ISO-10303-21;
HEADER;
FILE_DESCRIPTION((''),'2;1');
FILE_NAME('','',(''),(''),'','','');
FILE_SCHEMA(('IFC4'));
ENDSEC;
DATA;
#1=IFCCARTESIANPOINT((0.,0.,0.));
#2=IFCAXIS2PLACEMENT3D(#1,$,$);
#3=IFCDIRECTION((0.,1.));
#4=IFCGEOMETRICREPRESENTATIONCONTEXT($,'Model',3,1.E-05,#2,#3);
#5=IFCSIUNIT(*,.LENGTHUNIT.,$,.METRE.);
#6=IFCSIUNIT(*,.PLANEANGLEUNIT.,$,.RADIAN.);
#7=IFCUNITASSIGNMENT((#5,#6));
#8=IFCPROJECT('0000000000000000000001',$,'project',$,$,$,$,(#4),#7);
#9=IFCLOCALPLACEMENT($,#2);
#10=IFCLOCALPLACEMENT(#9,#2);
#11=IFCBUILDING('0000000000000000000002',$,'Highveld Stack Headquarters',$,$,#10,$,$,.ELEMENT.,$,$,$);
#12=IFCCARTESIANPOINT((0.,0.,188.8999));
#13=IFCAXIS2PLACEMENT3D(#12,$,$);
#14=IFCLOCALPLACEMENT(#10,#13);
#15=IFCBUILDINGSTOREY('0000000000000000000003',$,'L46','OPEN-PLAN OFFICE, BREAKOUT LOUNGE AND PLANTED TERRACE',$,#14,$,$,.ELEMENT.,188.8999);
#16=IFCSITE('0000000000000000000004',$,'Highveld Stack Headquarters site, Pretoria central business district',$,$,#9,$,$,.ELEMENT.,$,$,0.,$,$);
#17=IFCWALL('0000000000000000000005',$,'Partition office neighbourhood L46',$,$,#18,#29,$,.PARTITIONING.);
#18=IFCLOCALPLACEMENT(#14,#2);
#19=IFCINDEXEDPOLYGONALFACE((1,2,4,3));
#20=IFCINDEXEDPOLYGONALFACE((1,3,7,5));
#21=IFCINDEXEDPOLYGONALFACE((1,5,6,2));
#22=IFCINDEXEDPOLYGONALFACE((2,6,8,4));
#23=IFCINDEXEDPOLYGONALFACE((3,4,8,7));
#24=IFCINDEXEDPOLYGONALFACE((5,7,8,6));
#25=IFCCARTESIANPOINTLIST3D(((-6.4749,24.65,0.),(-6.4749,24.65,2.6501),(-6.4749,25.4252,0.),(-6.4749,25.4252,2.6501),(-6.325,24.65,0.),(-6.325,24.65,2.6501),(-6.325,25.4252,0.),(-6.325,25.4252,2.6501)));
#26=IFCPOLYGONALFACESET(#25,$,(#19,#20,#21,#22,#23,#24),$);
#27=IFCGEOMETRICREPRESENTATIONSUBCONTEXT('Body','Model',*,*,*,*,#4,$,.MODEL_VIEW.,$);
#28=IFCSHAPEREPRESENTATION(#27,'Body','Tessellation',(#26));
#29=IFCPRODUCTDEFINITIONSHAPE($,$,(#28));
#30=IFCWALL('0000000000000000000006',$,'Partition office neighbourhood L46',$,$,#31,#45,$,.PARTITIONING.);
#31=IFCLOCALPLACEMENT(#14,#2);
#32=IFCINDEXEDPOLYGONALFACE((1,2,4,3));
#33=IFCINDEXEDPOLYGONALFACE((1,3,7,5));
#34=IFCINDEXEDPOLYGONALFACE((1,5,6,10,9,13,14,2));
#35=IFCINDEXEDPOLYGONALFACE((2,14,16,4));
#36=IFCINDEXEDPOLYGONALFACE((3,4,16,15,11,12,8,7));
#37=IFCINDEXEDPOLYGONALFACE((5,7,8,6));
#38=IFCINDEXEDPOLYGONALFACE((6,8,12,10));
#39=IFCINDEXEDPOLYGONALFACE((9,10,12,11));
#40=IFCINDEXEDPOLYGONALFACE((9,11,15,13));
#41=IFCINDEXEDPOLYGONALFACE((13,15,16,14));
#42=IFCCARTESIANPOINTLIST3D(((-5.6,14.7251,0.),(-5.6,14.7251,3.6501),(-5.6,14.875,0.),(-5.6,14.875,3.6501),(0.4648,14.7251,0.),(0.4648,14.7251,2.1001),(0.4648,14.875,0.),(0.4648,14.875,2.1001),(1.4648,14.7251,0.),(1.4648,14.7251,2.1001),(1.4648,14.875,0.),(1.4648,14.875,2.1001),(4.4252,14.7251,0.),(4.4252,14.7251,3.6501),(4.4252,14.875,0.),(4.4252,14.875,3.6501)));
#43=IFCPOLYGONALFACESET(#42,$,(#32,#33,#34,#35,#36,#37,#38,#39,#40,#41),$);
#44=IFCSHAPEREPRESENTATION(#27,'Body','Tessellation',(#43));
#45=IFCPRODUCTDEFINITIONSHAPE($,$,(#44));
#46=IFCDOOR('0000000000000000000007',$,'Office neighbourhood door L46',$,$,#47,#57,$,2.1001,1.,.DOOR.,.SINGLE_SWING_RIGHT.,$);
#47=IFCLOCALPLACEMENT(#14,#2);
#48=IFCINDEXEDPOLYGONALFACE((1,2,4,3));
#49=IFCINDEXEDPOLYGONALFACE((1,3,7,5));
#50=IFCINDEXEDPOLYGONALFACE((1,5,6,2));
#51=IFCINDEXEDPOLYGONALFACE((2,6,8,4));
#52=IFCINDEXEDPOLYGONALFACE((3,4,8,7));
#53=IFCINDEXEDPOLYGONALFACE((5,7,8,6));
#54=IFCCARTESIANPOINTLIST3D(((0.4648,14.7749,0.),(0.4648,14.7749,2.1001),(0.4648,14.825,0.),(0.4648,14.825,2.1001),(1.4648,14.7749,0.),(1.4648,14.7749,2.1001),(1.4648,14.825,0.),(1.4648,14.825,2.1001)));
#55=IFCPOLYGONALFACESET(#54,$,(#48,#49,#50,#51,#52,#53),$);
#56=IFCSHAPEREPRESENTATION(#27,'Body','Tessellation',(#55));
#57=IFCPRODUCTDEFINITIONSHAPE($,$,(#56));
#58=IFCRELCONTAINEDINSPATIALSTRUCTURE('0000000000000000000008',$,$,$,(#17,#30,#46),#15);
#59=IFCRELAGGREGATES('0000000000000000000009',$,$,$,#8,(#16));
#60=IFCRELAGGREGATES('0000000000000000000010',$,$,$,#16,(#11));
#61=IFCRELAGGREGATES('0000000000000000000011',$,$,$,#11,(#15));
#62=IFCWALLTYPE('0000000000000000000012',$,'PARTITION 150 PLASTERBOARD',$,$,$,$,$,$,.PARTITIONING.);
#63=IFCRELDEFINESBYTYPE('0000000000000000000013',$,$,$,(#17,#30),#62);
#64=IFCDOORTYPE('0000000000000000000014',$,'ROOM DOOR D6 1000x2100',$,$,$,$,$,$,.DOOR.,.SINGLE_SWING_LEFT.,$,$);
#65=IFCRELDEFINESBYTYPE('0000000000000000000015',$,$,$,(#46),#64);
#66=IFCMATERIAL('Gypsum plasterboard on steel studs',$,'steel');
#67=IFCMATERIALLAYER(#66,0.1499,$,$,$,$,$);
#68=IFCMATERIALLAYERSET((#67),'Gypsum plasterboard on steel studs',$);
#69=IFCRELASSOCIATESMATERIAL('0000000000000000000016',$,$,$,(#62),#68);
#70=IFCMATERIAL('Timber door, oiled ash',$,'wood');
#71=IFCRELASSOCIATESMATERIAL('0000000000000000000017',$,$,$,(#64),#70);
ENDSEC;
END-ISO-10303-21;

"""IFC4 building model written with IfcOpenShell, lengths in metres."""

from ifc_helpers import new_model, si_unit, direction, frame, frame_2d, origin, place, context, subcontext, project, spatial, rectangle, extrude, material, layer, layer_set, type_object, element, fill, save


model = new_model("IFC4")

# Units and contexts
model_context = context("Model", 3, precision=1e-05, world=origin(), true_north=direction((0.0, 1.0)))
body_context = subcontext(model_context, "Body", "Model", "MODEL_VIEW")
ifc_project = project(units=[si_unit("LENGTHUNIT", "METRE"), si_unit("PLANEANGLEUNIT", "RADIAN")], contexts=[model_context])

# Site, building, storey
site_placement = place(None, origin())
site = spatial("IfcSite", under=ifc_project, at=site_placement, Name="Highveld Stack Headquarters site, Pretoria central business district", CompositionType="ELEMENT", RefElevation=0.0)
building_placement = place(site_placement, origin())
building = spatial("IfcBuilding", under=site, at=building_placement, Name="Highveld Stack Headquarters", CompositionType="ELEMENT")
storey_placement = place(building_placement, frame((0.0, 0.0, 188.8999)))
storey = spatial("IfcBuildingStorey", under=building, at=storey_placement, Name="L46", Description="OPEN-PLAN OFFICE, BREAKOUT LOUNGE AND PLANTED TERRACE", CompositionType="ELEMENT", Elevation=188.8999)

# Shared definitions
ifc_material_1 = material(Name="Gypsum plasterboard on steel studs", Category="steel")
ifc_layer_1 = layer(ifc_material_1, 0.1499)
ifc_layer_set_1 = layer_set([ifc_layer_1], Name="Gypsum plasterboard on steel studs")
wall_type_1 = type_object("IfcWallType", Name="PARTITION 150 PLASTERBOARD", PredefinedType="PARTITIONING", material=ifc_layer_set_1)
ifc_material_2 = material(Name="Timber door, oiled ash", Category="wood")
door_type = type_object("IfcDoorType", Name="ROOM DOOR D6 1000x2100", OperationType="SINGLE_SWING_LEFT", PredefinedType="DOOR", material=ifc_material_2)

# Wall
wall_1_placement = place(storey_placement, frame((-6.3999, 24.6499, 0.0), z_axis=(0.0, 0.0, 1.0), x_axis=(0.0, 1.0, 0.0)))
element("IfcWall", 1, at=wall_1_placement, inside=storey, type_object=wall_type_1, Name="Partition office neighbourhood L46", PredefinedType="PARTITIONING", context=body_context, shape_type="SweptSolid", body=[
    extrude(rectangle(XDim=0.7751, YDim=0.1499, at=frame_2d((0.3877, 0.0))), origin(), (0.0, 0.0, 1.0), 2.6501),
])

# Wall, opening, door
wall_2_placement = place(storey_placement, frame((-5.6001, 14.8, 0.0), z_axis=(0.0, 0.0, 1.0), x_axis=(1.0, 0.0, 0.0)))
wall_2 = element("IfcWall", 2, at=wall_2_placement, inside=storey, type_object=wall_type_1, Name="Partition office neighbourhood L46", PredefinedType="PARTITIONING", context=body_context, shape_type="SweptSolid", body=[
    extrude(rectangle(XDim=10.0251, YDim=0.1499, at=frame_2d((5.0127, 0.0))), origin(), (0.0, 0.0, 1.0), 3.6501),
])
opening_1_placement = place(wall_2_placement, frame((6.0649, 0.0, 0.0)))
opening_1 = element("IfcOpeningElement", 3, at=opening_1_placement, cuts=wall_2, PredefinedType="OPENING", context=body_context, shape_type="SweptSolid", body=[
    extrude(rectangle(XDim=1.0, YDim=2.1001, at=frame_2d((0.5, 1.05))), frame((0.0, 0.085, 0.0), z_axis=(0.0, -1.0, 0.0), x_axis=(1.0, 0.0, 0.0)), (0.0, 0.0, 1.0), 0.1699),
])
door_1_placement = place(opening_1_placement, origin())
door_1 = element("IfcDoor", 4, at=door_1_placement, inside=storey, type_object=door_type, Name="Office neighbourhood door L46", OperationType="SINGLE_SWING_RIGHT", OverallHeight=2.1001, OverallWidth=1.0, PredefinedType="DOOR", context=body_context, shape_type="SweptSolid", body=[
    extrude(rectangle(XDim=1.0, YDim=2.1001, at=frame_2d((0.5, 1.05))), frame((0.0, 0.0249, 0.0), z_axis=(0.0, -1.0, 0.0), x_axis=(1.0, 0.0, 0.0)), (0.0, 0.0, 1.0), 0.05),
])
fill(opening_1, door_1)

save(model, "model.ifc")
